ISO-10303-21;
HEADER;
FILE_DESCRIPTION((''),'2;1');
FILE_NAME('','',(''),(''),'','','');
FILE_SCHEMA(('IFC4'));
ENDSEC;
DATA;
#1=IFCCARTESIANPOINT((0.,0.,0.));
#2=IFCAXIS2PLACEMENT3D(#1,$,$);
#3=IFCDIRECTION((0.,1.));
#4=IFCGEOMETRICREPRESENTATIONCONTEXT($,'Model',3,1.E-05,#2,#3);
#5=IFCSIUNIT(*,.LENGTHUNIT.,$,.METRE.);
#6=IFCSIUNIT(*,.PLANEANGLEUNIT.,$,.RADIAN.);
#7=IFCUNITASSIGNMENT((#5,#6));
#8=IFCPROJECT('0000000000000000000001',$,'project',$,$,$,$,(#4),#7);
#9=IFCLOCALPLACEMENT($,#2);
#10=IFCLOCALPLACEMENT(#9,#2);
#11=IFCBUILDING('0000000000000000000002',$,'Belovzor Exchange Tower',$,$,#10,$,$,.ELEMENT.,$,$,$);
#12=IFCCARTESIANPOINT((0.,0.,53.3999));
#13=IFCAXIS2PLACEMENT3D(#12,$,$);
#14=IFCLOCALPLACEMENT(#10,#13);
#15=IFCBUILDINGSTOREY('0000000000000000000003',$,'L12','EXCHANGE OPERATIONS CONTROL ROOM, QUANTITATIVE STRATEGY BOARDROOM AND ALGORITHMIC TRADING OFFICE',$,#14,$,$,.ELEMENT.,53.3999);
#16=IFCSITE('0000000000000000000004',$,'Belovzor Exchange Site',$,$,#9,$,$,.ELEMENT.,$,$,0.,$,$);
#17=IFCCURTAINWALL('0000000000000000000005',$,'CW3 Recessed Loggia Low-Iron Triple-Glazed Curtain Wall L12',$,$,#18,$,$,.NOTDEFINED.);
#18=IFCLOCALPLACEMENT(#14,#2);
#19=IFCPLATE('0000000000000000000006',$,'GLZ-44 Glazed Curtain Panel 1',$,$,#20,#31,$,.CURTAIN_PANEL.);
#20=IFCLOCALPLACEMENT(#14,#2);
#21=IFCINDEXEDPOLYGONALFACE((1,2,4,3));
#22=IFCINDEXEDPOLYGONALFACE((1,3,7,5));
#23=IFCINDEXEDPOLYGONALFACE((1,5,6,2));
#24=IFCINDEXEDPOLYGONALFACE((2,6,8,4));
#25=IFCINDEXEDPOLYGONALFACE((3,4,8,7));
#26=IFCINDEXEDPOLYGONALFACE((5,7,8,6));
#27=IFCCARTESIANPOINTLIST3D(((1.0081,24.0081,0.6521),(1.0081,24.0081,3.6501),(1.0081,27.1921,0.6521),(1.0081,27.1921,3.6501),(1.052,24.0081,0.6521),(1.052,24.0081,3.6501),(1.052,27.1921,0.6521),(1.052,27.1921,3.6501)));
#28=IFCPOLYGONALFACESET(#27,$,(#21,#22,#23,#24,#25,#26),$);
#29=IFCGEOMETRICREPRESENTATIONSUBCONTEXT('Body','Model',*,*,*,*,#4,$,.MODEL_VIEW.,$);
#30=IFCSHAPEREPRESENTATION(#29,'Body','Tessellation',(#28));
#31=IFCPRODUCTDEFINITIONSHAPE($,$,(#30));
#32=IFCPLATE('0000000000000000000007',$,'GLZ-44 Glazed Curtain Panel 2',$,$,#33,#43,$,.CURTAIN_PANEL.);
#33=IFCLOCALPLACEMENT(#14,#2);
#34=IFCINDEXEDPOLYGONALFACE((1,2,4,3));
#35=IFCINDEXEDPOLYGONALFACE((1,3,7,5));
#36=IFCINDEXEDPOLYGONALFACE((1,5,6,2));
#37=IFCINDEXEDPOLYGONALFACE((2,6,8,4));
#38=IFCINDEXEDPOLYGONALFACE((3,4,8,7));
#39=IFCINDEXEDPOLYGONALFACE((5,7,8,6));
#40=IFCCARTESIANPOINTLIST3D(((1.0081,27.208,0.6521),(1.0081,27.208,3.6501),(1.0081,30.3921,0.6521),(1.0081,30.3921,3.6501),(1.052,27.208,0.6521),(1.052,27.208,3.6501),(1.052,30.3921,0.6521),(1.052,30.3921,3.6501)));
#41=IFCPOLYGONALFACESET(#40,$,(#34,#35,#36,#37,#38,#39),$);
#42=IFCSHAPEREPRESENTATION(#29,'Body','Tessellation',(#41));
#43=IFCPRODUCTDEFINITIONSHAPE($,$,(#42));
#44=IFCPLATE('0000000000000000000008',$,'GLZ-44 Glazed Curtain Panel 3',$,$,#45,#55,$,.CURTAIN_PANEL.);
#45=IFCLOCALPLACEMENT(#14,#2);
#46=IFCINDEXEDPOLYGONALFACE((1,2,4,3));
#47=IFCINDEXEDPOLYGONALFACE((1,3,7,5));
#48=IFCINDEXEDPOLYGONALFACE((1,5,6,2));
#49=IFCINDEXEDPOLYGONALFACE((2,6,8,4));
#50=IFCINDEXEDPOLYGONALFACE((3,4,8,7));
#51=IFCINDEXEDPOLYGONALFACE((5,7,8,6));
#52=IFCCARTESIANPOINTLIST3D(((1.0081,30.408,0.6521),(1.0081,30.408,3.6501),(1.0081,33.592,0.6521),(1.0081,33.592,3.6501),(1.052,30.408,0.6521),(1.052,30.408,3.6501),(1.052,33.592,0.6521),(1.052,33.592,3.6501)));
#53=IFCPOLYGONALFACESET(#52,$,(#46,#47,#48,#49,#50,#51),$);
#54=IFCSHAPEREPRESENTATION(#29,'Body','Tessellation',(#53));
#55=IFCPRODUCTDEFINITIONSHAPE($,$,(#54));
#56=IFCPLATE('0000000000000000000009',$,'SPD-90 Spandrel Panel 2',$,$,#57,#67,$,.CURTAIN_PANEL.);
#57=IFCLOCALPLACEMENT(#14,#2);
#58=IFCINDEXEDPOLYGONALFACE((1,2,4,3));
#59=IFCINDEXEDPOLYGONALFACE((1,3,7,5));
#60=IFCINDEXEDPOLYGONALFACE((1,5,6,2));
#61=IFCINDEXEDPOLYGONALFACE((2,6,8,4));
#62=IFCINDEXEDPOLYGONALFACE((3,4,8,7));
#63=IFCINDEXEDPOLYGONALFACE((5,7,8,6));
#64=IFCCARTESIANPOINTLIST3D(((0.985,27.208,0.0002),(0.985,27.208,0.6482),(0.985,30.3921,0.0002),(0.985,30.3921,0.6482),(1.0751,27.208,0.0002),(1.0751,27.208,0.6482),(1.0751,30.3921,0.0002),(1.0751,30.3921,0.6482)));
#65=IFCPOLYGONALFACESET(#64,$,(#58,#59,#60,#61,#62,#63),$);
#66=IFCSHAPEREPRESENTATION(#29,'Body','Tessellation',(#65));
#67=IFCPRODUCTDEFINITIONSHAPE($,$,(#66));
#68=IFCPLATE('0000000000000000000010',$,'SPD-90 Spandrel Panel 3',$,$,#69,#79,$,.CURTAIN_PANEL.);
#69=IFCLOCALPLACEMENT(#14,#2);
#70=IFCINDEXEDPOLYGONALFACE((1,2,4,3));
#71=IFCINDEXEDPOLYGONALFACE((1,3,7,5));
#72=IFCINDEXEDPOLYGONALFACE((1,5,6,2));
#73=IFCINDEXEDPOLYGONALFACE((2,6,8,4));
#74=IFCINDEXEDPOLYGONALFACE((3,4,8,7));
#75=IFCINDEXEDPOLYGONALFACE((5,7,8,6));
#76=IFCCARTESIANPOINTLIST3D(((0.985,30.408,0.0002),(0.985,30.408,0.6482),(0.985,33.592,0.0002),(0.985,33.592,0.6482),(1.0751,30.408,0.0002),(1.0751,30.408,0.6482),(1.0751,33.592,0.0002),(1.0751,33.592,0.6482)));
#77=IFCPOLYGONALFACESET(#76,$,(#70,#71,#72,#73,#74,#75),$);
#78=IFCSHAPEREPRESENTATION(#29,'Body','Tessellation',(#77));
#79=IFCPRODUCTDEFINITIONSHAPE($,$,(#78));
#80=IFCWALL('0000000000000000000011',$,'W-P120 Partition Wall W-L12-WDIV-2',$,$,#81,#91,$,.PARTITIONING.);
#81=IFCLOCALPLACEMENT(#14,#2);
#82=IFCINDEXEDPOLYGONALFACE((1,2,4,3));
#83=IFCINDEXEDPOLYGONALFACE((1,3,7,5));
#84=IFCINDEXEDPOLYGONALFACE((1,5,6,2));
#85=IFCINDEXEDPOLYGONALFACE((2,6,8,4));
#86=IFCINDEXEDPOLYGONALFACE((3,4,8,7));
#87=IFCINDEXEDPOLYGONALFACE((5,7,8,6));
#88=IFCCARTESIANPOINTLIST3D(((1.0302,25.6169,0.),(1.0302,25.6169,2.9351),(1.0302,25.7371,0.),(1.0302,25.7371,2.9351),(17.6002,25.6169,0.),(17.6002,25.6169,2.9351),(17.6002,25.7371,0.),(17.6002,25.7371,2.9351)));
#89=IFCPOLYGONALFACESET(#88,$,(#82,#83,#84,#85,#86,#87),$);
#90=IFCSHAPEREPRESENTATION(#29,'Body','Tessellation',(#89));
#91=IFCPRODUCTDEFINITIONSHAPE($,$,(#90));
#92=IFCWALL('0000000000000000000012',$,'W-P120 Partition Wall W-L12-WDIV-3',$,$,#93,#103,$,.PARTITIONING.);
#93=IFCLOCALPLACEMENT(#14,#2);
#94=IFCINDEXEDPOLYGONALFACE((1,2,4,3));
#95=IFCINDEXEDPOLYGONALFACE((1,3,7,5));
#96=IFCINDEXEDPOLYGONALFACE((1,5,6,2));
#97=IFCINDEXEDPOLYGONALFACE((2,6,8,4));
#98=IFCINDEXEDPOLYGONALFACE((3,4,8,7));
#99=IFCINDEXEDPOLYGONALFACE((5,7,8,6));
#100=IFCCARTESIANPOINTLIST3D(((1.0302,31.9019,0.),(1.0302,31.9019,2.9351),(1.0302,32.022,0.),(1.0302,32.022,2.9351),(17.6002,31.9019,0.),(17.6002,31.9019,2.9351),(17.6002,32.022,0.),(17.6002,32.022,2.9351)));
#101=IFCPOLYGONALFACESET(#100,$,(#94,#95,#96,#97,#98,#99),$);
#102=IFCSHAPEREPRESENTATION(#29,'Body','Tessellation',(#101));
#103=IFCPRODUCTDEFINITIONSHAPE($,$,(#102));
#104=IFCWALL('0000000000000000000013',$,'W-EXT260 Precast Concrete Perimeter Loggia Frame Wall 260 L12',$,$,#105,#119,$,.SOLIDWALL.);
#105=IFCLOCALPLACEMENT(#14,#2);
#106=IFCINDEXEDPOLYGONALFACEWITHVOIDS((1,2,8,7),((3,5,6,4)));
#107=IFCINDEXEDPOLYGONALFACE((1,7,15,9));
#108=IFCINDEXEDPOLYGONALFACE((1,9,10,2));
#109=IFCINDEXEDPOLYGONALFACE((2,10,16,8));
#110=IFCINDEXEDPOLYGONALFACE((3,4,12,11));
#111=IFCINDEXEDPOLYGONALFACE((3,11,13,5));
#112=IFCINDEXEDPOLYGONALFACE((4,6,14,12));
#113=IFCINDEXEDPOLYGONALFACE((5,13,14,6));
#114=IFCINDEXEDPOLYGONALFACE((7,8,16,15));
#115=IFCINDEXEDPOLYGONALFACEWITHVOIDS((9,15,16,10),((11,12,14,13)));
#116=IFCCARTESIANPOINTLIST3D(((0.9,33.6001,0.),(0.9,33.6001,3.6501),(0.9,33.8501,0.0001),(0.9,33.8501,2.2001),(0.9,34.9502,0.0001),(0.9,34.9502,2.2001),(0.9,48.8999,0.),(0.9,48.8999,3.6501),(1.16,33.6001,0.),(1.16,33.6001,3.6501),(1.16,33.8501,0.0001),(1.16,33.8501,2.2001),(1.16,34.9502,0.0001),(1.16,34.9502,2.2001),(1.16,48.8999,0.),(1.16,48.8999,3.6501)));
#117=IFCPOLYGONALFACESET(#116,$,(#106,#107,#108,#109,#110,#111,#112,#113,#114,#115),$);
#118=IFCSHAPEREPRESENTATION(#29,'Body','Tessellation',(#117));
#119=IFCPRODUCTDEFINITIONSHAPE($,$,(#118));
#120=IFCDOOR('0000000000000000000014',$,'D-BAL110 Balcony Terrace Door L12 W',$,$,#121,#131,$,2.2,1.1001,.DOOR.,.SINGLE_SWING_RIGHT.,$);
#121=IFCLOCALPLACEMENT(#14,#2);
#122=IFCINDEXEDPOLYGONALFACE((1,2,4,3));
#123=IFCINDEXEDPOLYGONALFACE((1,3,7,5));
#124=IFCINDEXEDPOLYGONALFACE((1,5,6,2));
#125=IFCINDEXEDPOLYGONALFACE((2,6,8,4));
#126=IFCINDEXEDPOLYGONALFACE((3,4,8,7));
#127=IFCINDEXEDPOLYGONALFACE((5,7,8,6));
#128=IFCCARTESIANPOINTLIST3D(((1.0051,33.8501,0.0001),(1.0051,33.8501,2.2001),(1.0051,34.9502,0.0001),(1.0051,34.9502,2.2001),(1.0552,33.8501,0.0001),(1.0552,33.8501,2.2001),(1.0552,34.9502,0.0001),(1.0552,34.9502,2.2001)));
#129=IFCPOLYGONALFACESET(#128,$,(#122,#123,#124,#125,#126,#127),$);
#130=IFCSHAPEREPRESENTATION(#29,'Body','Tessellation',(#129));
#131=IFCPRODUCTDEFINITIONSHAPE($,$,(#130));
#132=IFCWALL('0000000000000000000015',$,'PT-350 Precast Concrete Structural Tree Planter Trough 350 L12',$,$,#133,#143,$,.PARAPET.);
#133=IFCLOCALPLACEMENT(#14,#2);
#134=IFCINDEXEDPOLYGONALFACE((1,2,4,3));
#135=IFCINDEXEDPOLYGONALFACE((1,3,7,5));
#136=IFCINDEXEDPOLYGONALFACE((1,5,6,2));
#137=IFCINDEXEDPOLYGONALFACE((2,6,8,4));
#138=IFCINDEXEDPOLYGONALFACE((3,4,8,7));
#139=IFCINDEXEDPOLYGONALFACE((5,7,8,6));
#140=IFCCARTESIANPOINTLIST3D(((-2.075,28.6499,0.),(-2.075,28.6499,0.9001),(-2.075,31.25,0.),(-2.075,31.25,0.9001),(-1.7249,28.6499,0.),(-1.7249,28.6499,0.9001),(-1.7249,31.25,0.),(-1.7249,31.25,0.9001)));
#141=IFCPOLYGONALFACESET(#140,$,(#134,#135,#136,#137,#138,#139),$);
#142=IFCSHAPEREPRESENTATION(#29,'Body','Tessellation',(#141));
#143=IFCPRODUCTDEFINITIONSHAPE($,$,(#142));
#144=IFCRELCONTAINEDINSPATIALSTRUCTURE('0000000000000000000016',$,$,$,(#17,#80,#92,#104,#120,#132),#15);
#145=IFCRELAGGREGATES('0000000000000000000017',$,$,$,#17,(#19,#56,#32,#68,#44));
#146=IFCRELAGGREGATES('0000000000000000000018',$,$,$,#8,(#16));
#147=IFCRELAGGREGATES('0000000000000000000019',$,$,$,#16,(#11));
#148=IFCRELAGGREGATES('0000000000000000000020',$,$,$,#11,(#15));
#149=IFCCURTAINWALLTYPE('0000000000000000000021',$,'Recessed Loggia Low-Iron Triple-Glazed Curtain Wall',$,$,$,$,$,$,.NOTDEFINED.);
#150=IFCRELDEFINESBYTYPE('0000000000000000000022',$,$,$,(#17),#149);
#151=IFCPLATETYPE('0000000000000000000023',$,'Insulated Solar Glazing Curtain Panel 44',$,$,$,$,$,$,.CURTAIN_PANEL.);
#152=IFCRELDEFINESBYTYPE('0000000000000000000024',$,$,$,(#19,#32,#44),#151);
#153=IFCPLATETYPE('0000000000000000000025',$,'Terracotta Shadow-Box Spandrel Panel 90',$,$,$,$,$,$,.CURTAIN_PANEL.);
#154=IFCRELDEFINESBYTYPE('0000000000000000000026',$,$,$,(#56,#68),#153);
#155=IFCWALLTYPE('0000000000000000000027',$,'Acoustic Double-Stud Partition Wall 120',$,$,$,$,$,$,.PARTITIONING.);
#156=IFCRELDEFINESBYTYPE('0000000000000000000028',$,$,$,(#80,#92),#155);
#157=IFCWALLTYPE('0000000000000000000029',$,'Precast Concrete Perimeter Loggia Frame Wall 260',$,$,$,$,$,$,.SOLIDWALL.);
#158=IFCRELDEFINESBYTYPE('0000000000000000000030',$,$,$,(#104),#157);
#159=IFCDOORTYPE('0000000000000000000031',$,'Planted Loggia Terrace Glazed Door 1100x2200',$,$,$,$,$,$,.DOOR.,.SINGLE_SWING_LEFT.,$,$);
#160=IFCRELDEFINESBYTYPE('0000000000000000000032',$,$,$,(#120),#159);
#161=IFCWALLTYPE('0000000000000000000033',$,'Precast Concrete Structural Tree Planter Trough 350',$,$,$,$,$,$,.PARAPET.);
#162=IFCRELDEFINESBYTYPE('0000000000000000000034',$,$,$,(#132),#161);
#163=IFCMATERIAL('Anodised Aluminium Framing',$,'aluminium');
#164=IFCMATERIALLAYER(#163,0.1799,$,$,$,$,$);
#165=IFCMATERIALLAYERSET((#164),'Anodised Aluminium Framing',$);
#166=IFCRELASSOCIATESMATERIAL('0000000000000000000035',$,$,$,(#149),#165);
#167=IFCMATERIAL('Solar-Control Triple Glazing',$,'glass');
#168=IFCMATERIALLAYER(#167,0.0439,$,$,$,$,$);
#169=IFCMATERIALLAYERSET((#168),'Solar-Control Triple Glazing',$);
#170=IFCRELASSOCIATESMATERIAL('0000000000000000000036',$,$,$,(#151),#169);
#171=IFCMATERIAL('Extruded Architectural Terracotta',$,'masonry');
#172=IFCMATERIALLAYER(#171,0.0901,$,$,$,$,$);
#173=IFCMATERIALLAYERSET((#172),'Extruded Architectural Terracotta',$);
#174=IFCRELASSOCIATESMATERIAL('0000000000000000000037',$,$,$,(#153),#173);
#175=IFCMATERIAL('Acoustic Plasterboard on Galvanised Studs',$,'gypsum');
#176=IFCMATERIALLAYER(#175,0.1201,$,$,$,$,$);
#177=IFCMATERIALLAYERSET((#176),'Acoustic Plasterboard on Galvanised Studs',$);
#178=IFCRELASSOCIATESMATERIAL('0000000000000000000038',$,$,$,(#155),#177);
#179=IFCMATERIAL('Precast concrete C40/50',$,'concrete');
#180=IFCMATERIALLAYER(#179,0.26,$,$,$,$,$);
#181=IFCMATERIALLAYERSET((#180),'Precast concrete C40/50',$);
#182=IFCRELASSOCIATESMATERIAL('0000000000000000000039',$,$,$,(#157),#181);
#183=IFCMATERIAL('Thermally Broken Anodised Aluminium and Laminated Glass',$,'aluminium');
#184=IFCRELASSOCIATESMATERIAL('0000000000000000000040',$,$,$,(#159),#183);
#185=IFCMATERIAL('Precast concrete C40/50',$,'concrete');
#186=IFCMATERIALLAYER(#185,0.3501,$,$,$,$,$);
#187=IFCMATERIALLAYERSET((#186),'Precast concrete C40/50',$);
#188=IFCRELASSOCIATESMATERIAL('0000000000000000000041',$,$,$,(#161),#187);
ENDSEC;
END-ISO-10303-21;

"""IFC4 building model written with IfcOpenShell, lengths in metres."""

from ifc_helpers import new_model, si_unit, direction, frame, frame_2d, origin, origin_2d, place, context, subcontext, project, spatial, rectangle, extrude, material, layer, layer_set, type_object, element, fill, aggregate, save


model = new_model("IFC4")

# Units and contexts
model_context = context("Model", 3, precision=1e-05, world=origin(), true_north=direction((0.0, 1.0)))
body_context = subcontext(model_context, "Body", "Model", "MODEL_VIEW")
ifc_project = project(units=[si_unit("LENGTHUNIT", "METRE"), si_unit("PLANEANGLEUNIT", "RADIAN")], contexts=[model_context])

# Site, building, storey
site_placement = place(None, origin())
site = spatial("IfcSite", under=ifc_project, at=site_placement, Name="Belovzor Exchange Site", CompositionType="ELEMENT", RefElevation=0.0)
building_placement = place(site_placement, origin())
building = spatial("IfcBuilding", under=site, at=building_placement, Name="Belovzor Exchange Tower", CompositionType="ELEMENT")
storey_placement = place(building_placement, frame((0.0, 0.0, 53.3999)))
storey = spatial("IfcBuildingStorey", under=building, at=storey_placement, Name="L12", Description="EXCHANGE OPERATIONS CONTROL ROOM, QUANTITATIVE STRATEGY BOARDROOM AND ALGORITHMIC TRADING OFFICE", CompositionType="ELEMENT", Elevation=53.3999)

# Curtain wall
ifc_material_1 = material(Name="Anodised Aluminium Framing", Category="aluminium")
ifc_layer_1 = layer(ifc_material_1, 0.1799)
ifc_layer_set_1 = layer_set([ifc_layer_1], Name="Anodised Aluminium Framing")
curtain_wall_type = type_object("IfcCurtainWallType", Name="Recessed Loggia Low-Iron Triple-Glazed Curtain Wall", PredefinedType="NOTDEFINED", material=ifc_layer_set_1)
curtain_wall_placement = place(storey_placement, origin())
curtain_wall = element("IfcCurtainWall", 1, at=curtain_wall_placement, inside=storey, type_object=curtain_wall_type, Name="CW3 Recessed Loggia Low-Iron Triple-Glazed Curtain Wall L12", PredefinedType="NOTDEFINED")

# Plates
ifc_material_2 = material(Name="Solar-Control Triple Glazing", Category="glass")
ifc_layer_2 = layer(ifc_material_2, 0.0439)
ifc_layer_set_2 = layer_set([ifc_layer_2], Name="Solar-Control Triple Glazing")
plate_type_1 = type_object("IfcPlateType", Name="Insulated Solar Glazing Curtain Panel 44", PredefinedType="CURTAIN_PANEL", material=ifc_layer_set_2)
plate_1_placement = place(storey_placement, frame((1.03, 25.6001, 0.6521), z_axis=(0.0, 0.0, 1.0), x_axis=(0.0, 1.0, 0.0)))
plate_1 = element("IfcPlate", 2, at=plate_1_placement, type_object=plate_type_1, Name="GLZ-44 Glazed Curtain Panel 1", PredefinedType="CURTAIN_PANEL", context=body_context, shape_type="SweptSolid", body=[
    extrude(rectangle(XDim=3.1841, YDim=0.0439, at=origin_2d()), origin(), (0.0, 0.0, 1.0), 2.998),
])
plate_2_placement = place(storey_placement, frame((1.03, 28.8, 0.6521), z_axis=(0.0, 0.0, 1.0), x_axis=(0.0, 1.0, 0.0)))
plate_2 = element("IfcPlate", 3, at=plate_2_placement, type_object=plate_type_1, Name="GLZ-44 Glazed Curtain Panel 2", PredefinedType="CURTAIN_PANEL", context=body_context, shape_type="SweptSolid", body=[
    extrude(rectangle(XDim=3.1841, YDim=0.0439, at=origin_2d()), origin(), (0.0, 0.0, 1.0), 2.998),
])
plate_3_placement = place(storey_placement, frame((1.03, 32.0, 0.6521), z_axis=(0.0, 0.0, 1.0), x_axis=(0.0, 1.0, 0.0)))
plate_3 = element("IfcPlate", 4, at=plate_3_placement, type_object=plate_type_1, Name="GLZ-44 Glazed Curtain Panel 3", PredefinedType="CURTAIN_PANEL", context=body_context, shape_type="SweptSolid", body=[
    extrude(rectangle(XDim=3.1841, YDim=0.0439, at=origin_2d()), origin(), (0.0, 0.0, 1.0), 2.998),
])
ifc_material_3 = material(Name="Extruded Architectural Terracotta", Category="masonry")
ifc_layer_3 = layer(ifc_material_3, 0.0901)
ifc_layer_set_3 = layer_set([ifc_layer_3], Name="Extruded Architectural Terracotta")
plate_type_2 = type_object("IfcPlateType", Name="Terracotta Shadow-Box Spandrel Panel 90", PredefinedType="CURTAIN_PANEL", material=ifc_layer_set_3)
plate_4_placement = place(storey_placement, frame((1.03, 28.8, 0.0002), z_axis=(0.0, 0.0, 1.0), x_axis=(0.0, 1.0, 0.0)))
plate_4 = element("IfcPlate", 5, at=plate_4_placement, type_object=plate_type_2, Name="SPD-90 Spandrel Panel 2", PredefinedType="CURTAIN_PANEL", context=body_context, shape_type="SweptSolid", body=[
    extrude(rectangle(XDim=3.1841, YDim=0.0901, at=origin_2d()), origin(), (0.0, 0.0, 1.0), 0.6479),
])
plate_5_placement = place(storey_placement, frame((1.03, 32.0, 0.0002), z_axis=(0.0, 0.0, 1.0), x_axis=(0.0, 1.0, 0.0)))
plate_5 = element("IfcPlate", 6, at=plate_5_placement, type_object=plate_type_2, Name="SPD-90 Spandrel Panel 3", PredefinedType="CURTAIN_PANEL", context=body_context, shape_type="SweptSolid", body=[
    extrude(rectangle(XDim=3.1841, YDim=0.0901, at=origin_2d()), origin(), (0.0, 0.0, 1.0), 0.6479),
])
aggregate(curtain_wall, [plate_1, plate_4, plate_2, plate_5, plate_3])

# Walls
ifc_material_4 = material(Name="Acoustic Plasterboard on Galvanised Studs", Category="gypsum")
ifc_layer_4 = layer(ifc_material_4, 0.1201)
ifc_layer_set_4 = layer_set([ifc_layer_4], Name="Acoustic Plasterboard on Galvanised Studs")
wall_type_1 = type_object("IfcWallType", Name="Acoustic Double-Stud Partition Wall 120", PredefinedType="PARTITIONING", material=ifc_layer_set_4)
for number, where, z_axis, x_axis, name in (
    (7, (1.03, 25.677, 0.0), (0.0, 0.0, 1.0), (1.0, 0.0, 0.0), "W-P120 Partition Wall W-L12-WDIV-2"),
    (8, (1.03, 31.9619, 0.0), (0.0, 0.0, 1.0), (1.0, 0.0, 0.0), "W-P120 Partition Wall W-L12-WDIV-3"),
):
    element("IfcWall", number, at=place(storey_placement, frame(where, z_axis=z_axis, x_axis=x_axis)), inside=storey, type_object=wall_type_1, Name=name, PredefinedType="PARTITIONING", context=body_context, shape_type="SweptSolid", body=[
        extrude(rectangle(XDim=16.5701, YDim=0.1201, at=frame_2d((8.2852, 0.0))), origin(), (0.0, 0.0, 1.0), 2.9351),
    ])

# Wall, opening, door
ifc_material_5 = material(Name="Precast concrete C40/50", Category="concrete")
ifc_layer_5 = layer(ifc_material_5, 0.26)
ifc_layer_set_5 = layer_set([ifc_layer_5], Name="Precast concrete C40/50")
wall_type_2 = type_object("IfcWallType", Name="Precast Concrete Perimeter Loggia Frame Wall 260", PredefinedType="SOLIDWALL", material=ifc_layer_set_5)
wall_1_placement = place(storey_placement, frame((1.03, 33.6001, 0.0), z_axis=(0.0, 0.0, 1.0), x_axis=(0.0, 1.0, 0.0)))
wall_1 = element("IfcWall", 9, at=wall_1_placement, inside=storey, type_object=wall_type_2, Name="W-EXT260 Precast Concrete Perimeter Loggia Frame Wall 260 L12", PredefinedType="SOLIDWALL", context=body_context, shape_type="SweptSolid", body=[
    extrude(rectangle(XDim=15.2998, YDim=0.26, at=frame_2d((7.6499, 0.0))), origin(), (0.0, 0.0, 1.0), 3.6501),
])
opening_placement = place(wall_1_placement, frame((0.25, 0.0, 0.0)))
opening = element("IfcOpeningElement", 10, at=opening_placement, cuts=wall_1, PredefinedType="OPENING", context=body_context, shape_type="SweptSolid", body=[
    extrude(rectangle(XDim=1.1001, YDim=2.2, at=frame_2d((0.55, 1.1001))), frame((0.0, 0.1399, 0.0), z_axis=(0.0, -1.0, 0.0), x_axis=(1.0, 0.0, 0.0)), (0.0, 0.0, 1.0), 0.28),
])
ifc_material_6 = material(Name="Thermally Broken Anodised Aluminium and Laminated Glass", Category="aluminium")
door_type = type_object("IfcDoorType", Name="Planted Loggia Terrace Glazed Door 1100x2200", OperationType="SINGLE_SWING_LEFT", PredefinedType="DOOR", material=ifc_material_6)
door_placement = place(opening_placement, origin())
door = element("IfcDoor", 11, at=door_placement, inside=storey, type_object=door_type, Name="D-BAL110 Balcony Terrace Door L12 W", OperationType="SINGLE_SWING_RIGHT", OverallHeight=2.2, OverallWidth=1.1001, PredefinedType="DOOR", context=body_context, shape_type="SweptSolid", body=[
    extrude(rectangle(XDim=1.1001, YDim=2.2, at=frame_2d((0.55, 1.1001))), frame((0.0, 0.0249, 0.0), z_axis=(0.0, -1.0, 0.0), x_axis=(1.0, 0.0, 0.0)), (0.0, 0.0, 1.0), 0.05),
])
fill(opening, door)

# Wall
ifc_material_7 = material(Name="Precast concrete C40/50", Category="concrete")
ifc_layer_6 = layer(ifc_material_7, 0.3501)
ifc_layer_set_6 = layer_set([ifc_layer_6], Name="Precast concrete C40/50")
wall_type_3 = type_object("IfcWallType", Name="Precast Concrete Structural Tree Planter Trough 350", PredefinedType="PARAPET", material=ifc_layer_set_6)
wall_2_placement = place(storey_placement, frame((-1.8999, 28.6499, 0.0), z_axis=(0.0, 0.0, 1.0), x_axis=(0.0, 1.0, 0.0)))
element("IfcWall", 12, at=wall_2_placement, inside=storey, type_object=wall_type_3, Name="PT-350 Precast Concrete Structural Tree Planter Trough 350 L12", PredefinedType="PARAPET", context=body_context, shape_type="SweptSolid", body=[
    extrude(rectangle(XDim=2.6001, YDim=0.3501, at=frame_2d((1.3, 0.0))), origin(), (0.0, 0.0, 1.0), 0.9001),
])

save(model, "model.ifc")
